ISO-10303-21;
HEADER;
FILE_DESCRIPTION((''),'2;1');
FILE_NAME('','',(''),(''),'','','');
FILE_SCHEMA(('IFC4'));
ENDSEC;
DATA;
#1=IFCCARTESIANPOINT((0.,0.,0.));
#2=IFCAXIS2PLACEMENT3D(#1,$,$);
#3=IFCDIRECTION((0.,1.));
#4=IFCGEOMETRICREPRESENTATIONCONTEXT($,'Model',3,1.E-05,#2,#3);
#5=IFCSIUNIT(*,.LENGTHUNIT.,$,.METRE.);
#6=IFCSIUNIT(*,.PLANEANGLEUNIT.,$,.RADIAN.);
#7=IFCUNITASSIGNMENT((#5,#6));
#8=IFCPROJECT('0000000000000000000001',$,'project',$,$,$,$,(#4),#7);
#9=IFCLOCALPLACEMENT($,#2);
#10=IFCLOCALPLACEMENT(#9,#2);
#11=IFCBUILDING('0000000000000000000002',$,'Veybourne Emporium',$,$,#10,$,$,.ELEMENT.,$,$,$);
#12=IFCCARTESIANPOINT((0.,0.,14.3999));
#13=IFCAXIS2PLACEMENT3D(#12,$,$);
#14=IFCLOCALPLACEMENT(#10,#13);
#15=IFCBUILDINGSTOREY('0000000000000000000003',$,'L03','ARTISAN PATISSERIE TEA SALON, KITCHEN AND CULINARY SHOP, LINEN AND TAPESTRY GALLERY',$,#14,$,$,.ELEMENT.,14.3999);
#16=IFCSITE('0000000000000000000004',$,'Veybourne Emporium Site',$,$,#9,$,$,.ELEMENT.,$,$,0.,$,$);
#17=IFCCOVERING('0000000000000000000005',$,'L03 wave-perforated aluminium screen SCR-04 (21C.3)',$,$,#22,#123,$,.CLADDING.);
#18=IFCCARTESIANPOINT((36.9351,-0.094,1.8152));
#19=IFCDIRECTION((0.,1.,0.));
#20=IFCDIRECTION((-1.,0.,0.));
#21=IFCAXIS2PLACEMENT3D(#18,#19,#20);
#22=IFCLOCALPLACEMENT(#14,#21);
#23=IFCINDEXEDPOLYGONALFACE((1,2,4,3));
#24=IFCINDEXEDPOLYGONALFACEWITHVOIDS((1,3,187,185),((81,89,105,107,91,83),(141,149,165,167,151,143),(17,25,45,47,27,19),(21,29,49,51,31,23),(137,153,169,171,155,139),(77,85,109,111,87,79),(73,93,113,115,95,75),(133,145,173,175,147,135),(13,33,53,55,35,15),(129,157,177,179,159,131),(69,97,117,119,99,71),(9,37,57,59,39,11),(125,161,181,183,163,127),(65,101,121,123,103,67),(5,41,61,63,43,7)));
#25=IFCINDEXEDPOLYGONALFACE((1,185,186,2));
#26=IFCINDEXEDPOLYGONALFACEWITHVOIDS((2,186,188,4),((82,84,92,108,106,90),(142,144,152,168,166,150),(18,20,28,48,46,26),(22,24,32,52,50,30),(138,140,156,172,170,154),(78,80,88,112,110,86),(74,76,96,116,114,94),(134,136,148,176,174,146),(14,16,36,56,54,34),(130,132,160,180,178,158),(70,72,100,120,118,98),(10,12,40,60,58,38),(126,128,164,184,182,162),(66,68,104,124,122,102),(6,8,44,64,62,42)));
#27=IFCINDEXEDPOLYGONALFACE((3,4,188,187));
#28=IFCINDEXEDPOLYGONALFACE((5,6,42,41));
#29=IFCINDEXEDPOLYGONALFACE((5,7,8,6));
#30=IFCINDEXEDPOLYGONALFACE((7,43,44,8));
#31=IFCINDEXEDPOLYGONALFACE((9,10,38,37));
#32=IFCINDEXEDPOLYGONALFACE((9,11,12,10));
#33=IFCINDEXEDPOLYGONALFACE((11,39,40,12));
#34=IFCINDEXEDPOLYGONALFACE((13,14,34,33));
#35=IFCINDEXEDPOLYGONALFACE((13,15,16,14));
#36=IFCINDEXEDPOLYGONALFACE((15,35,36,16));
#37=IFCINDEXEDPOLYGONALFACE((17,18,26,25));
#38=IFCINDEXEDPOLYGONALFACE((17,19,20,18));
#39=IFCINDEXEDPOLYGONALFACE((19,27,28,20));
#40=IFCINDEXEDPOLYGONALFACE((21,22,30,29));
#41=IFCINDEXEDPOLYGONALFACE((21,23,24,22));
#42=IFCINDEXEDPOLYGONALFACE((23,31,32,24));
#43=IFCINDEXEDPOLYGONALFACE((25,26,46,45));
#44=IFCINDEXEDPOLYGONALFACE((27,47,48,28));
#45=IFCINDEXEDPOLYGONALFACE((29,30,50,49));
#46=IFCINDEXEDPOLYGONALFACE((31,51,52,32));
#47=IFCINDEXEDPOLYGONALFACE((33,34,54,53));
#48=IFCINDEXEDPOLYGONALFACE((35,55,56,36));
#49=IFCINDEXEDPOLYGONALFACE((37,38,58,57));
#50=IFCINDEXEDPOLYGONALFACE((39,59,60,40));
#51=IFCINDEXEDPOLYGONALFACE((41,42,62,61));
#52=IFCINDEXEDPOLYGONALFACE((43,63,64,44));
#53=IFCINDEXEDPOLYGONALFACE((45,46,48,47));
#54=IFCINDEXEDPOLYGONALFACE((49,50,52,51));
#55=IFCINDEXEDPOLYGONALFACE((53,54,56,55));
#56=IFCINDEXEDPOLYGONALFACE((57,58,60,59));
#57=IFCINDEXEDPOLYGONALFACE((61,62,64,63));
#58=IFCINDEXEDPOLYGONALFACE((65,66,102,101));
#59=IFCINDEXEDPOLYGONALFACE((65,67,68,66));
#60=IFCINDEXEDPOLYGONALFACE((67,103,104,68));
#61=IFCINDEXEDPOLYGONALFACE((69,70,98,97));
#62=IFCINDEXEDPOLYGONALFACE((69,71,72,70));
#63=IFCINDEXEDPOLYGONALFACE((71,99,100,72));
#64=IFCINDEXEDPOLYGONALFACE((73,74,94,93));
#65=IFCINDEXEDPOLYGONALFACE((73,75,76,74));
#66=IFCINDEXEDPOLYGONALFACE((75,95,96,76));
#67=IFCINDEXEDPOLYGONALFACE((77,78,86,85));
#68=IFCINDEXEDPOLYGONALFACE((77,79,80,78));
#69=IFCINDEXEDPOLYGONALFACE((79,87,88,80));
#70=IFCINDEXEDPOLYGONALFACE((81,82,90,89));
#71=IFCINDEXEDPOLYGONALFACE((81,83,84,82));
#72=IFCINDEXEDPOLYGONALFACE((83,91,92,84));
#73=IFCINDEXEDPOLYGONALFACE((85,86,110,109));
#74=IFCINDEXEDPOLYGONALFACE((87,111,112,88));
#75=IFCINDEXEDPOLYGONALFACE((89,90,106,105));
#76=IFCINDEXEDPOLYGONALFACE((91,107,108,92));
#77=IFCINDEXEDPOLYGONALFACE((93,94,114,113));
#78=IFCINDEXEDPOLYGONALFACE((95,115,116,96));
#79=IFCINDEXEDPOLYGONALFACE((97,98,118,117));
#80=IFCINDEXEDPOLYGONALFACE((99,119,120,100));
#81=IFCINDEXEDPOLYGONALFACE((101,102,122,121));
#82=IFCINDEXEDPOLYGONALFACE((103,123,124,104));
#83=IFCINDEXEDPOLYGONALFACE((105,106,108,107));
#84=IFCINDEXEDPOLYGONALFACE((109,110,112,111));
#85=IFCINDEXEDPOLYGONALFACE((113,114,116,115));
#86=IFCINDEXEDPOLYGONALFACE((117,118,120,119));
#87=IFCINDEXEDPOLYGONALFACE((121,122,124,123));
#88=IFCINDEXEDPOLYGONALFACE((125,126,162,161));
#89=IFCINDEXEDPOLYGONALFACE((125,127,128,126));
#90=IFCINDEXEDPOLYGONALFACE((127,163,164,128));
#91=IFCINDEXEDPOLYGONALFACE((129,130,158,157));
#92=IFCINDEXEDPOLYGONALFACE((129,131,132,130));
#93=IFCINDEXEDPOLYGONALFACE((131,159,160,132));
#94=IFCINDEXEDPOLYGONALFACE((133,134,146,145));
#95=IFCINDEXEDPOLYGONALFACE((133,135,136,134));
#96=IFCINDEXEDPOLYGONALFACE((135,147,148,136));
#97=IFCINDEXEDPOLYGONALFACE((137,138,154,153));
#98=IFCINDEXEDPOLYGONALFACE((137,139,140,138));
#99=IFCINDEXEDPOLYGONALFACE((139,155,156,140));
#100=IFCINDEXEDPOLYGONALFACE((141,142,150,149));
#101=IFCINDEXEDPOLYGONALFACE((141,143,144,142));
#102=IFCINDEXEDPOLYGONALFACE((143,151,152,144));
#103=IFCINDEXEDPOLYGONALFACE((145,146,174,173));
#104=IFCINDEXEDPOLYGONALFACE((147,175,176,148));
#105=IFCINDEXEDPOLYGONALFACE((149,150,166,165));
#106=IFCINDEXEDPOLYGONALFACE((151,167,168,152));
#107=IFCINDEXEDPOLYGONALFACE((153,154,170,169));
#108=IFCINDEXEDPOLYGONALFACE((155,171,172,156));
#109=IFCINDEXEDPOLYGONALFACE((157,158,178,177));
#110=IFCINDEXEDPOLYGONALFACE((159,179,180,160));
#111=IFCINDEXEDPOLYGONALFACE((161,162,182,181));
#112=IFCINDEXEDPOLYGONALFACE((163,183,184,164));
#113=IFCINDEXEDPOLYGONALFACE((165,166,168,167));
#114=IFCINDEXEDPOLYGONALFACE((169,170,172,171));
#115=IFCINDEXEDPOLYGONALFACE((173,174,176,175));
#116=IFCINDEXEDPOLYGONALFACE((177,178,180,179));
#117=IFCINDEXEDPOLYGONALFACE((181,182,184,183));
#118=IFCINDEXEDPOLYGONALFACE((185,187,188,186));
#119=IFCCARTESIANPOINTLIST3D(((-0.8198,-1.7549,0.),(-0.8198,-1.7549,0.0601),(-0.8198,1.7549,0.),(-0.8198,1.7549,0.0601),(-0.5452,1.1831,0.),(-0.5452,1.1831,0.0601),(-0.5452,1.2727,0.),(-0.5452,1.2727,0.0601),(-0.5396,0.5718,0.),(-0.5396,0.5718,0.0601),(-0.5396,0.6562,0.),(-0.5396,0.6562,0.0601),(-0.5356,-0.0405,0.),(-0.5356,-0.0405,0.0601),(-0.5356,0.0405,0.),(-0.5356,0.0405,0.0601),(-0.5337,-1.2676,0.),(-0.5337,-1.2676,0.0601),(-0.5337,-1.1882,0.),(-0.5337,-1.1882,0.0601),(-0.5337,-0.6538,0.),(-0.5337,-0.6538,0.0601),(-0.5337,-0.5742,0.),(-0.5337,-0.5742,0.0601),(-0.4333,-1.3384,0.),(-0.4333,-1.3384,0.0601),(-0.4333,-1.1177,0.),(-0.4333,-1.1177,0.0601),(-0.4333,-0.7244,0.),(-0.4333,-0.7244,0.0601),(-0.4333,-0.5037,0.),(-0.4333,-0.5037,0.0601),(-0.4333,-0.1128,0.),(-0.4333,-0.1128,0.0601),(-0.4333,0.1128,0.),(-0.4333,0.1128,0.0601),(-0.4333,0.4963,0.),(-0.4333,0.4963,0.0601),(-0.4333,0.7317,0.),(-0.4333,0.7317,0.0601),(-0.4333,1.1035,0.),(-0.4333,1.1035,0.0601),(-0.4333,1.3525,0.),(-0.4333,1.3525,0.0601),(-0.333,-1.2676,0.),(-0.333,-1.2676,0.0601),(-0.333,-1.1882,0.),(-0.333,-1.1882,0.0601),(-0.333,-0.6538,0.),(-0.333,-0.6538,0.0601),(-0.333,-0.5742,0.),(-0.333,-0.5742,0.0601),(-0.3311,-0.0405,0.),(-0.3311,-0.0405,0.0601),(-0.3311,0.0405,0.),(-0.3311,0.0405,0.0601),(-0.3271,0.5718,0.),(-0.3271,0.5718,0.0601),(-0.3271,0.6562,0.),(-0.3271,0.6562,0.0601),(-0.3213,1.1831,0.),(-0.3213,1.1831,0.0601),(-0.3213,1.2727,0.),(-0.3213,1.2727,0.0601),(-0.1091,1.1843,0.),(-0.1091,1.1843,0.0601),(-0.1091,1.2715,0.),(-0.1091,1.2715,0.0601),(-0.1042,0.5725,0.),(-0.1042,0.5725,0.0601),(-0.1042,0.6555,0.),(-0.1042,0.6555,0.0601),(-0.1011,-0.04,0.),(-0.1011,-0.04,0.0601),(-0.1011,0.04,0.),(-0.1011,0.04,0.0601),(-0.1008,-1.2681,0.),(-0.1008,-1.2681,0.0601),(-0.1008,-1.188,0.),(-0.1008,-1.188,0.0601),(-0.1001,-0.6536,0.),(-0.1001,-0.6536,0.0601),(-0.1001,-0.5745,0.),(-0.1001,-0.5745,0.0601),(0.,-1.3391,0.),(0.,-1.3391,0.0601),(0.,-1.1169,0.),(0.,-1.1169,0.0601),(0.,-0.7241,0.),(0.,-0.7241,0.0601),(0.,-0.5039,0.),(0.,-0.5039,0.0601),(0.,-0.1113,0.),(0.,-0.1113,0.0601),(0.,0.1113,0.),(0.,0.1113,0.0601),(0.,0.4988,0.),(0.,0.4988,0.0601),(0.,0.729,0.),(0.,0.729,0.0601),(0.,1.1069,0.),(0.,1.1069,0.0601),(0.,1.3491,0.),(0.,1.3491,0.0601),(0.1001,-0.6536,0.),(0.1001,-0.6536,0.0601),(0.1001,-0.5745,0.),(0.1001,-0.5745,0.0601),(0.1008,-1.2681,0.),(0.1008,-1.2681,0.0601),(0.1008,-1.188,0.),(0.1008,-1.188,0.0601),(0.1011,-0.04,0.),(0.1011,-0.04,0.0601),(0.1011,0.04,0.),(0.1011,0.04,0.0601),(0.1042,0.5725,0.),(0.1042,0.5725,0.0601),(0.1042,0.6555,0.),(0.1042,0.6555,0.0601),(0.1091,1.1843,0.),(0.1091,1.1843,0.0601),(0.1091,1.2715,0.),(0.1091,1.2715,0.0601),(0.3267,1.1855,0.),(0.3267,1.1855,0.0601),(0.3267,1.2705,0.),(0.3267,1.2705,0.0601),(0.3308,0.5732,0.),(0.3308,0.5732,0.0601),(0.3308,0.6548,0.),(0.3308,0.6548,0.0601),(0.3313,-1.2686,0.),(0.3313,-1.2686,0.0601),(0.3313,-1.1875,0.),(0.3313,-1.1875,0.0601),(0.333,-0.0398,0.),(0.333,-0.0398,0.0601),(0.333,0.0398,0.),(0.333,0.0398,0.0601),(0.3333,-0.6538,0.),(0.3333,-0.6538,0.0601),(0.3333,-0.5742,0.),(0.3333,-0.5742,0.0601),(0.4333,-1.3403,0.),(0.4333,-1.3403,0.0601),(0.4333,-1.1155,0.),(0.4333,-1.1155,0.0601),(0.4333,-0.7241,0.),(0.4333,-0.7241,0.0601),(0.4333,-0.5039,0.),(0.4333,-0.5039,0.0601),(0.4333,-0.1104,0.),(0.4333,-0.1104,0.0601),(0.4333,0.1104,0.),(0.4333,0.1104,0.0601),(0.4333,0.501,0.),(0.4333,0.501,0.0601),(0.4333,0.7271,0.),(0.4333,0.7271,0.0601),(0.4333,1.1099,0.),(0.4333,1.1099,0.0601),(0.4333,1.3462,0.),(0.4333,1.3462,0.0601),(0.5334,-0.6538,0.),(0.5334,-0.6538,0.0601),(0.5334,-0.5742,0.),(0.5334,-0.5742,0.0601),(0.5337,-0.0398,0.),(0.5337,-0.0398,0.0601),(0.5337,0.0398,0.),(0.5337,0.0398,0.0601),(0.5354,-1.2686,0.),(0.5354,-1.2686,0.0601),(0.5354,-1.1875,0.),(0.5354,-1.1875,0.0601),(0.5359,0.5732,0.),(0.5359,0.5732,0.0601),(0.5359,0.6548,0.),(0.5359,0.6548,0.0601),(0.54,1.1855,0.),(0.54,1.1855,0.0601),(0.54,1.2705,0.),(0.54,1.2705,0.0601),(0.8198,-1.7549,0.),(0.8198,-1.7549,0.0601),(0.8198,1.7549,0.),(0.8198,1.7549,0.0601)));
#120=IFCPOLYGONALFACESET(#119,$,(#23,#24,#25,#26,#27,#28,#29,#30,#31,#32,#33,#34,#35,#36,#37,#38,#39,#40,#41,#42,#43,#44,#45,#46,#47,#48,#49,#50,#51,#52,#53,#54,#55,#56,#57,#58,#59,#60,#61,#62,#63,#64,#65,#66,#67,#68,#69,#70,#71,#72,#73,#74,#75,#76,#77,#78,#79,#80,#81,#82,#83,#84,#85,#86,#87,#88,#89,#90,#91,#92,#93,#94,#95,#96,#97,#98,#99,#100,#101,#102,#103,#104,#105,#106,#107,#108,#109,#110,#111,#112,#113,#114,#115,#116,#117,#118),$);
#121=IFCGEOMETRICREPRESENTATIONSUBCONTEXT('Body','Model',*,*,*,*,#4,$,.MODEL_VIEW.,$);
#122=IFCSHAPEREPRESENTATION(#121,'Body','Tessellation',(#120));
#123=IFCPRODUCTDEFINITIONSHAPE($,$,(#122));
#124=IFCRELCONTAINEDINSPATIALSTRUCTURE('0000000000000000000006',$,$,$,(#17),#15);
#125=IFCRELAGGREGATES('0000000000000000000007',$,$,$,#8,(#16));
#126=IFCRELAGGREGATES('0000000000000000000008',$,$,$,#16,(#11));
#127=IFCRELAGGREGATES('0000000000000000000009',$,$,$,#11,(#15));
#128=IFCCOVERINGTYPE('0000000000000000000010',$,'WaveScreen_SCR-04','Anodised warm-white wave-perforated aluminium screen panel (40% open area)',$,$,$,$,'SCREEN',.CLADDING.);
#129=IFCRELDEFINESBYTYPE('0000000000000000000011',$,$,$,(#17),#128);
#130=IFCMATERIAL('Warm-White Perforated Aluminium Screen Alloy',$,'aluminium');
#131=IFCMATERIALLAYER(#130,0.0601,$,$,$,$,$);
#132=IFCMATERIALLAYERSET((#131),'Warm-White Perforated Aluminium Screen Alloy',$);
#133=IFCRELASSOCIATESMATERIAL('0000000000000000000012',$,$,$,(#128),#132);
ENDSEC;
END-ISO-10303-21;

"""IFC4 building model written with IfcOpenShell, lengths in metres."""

from ifc_helpers import new_model, si_unit, direction, frame, origin, place, context, subcontext, project, spatial, polyline, outline, extrude, material, layer, layer_set, type_object, element, save


model = new_model("IFC4")

# Units and contexts
model_context = context("Model", 3, precision=1e-05, world=origin(), true_north=direction((0.0, 1.0)))
body_context = subcontext(model_context, "Body", "Model", "MODEL_VIEW")
ifc_project = project(units=[si_unit("LENGTHUNIT", "METRE"), si_unit("PLANEANGLEUNIT", "RADIAN")], contexts=[model_context])

# Site, building, storey
site_placement = place(None, origin())
site = spatial("IfcSite", under=ifc_project, at=site_placement, Name="Veybourne Emporium Site", CompositionType="ELEMENT", RefElevation=0.0)
building_placement = place(site_placement, origin())
building = spatial("IfcBuilding", under=site, at=building_placement, Name="Veybourne Emporium", CompositionType="ELEMENT")
storey_placement = place(building_placement, frame((0.0, 0.0, 14.3999)))
storey = spatial("IfcBuildingStorey", under=building, at=storey_placement, Name="L03", Description="ARTISAN PATISSERIE TEA SALON, KITCHEN AND CULINARY SHOP, LINEN AND TAPESTRY GALLERY", CompositionType="ELEMENT", Elevation=14.3999)

# Covering
ifc_material_1 = material(Name="Warm-White Perforated Aluminium Screen Alloy", Category="aluminium")
ifc_layer_1 = layer(ifc_material_1, 0.0601)
ifc_layer_set_1 = layer_set([ifc_layer_1], Name="Warm-White Perforated Aluminium Screen Alloy")
covering_type_1 = type_object("IfcCoveringType", Name="WaveScreen_SCR-04", Description="Anodised warm-white wave-perforated aluminium screen panel (40% open area)", ElementType="SCREEN", PredefinedType="CLADDING", material=ifc_layer_set_1)
covering_1_placement = place(storey_placement, frame((36.9351, -0.094, 1.8152), z_axis=(0.0, 1.0, 0.0), x_axis=(-1.0, 0.0, 0.0)))
element("IfcCovering", 1, at=covering_1_placement, inside=storey, type_object=covering_type_1, Name="L03 wave-perforated aluminium screen SCR-04 (21C.3)", PredefinedType="CLADDING", context=body_context, shape_type="SweptSolid", body=[
    extrude(outline(polyline([(-0.8198, -1.7549), (0.8198, -1.7549), (0.8198, 1.7549), (-0.8198, 1.7549), (-0.8198, -1.7549)]), holes=[polyline([(-0.4333, -1.1177), (-0.333, -1.1882), (-0.333, -1.2676), (-0.4333, -1.3384), (-0.5337, -1.2676), (-0.5337, -1.1882), (-0.4333, -1.1177)]), polyline([(-0.4333, -0.5037), (-0.333, -0.5742), (-0.333, -0.6538), (-0.4333, -0.7244), (-0.5337, -0.6538), (-0.5337, -0.5742), (-0.4333, -0.5037)]), polyline([(-0.4333, 0.1128), (-0.3311, 0.0405), (-0.3311, -0.0405), (-0.4333, -0.1128), (-0.5356, -0.0405), (-0.5356, 0.0405), (-0.4333, 0.1128)]), polyline([(-0.4333, 0.7317), (-0.3271, 0.6562), (-0.3271, 0.5718), (-0.4333, 0.4963), (-0.5396, 0.5718), (-0.5396, 0.6562), (-0.4333, 0.7317)]), polyline([(-0.4333, 1.3525), (-0.3213, 1.2727), (-0.3213, 1.1831), (-0.4333, 1.1035), (-0.5452, 1.1831), (-0.5452, 1.2727), (-0.4333, 1.3525)]), polyline([(0.0, -1.1169), (0.1008, -1.188), (0.1008, -1.2681), (0.0, -1.3391), (-0.1008, -1.2681), (-0.1008, -1.188), (0.0, -1.1169)]), polyline([(0.0, -0.5039), (0.1001, -0.5745), (0.1001, -0.6536), (0.0, -0.7241), (-0.1001, -0.6536), (-0.1001, -0.5745), (0.0, -0.5039)]), polyline([(0.0, 0.1113), (0.1011, 0.04), (0.1011, -0.04), (0.0, -0.1113), (-0.1011, -0.04), (-0.1011, 0.04), (0.0, 0.1113)]), polyline([(0.0, 0.729), (0.1042, 0.6555), (0.1042, 0.5725), (0.0, 0.4988), (-0.1042, 0.5725), (-0.1042, 0.6555), (0.0, 0.729)]), polyline([(0.0, 1.3491), (0.1091, 1.2715), (0.1091, 1.1843), (0.0, 1.1069), (-0.1091, 1.1843), (-0.1091, 1.2715), (0.0, 1.3491)]), polyline([(0.4333, -1.1155), (0.5354, -1.1875), (0.5354, -1.2686), (0.4333, -1.3403), (0.3313, -1.2686), (0.3313, -1.1875), (0.4333, -1.1155)]), polyline([(0.4333, -0.5039), (0.5334, -0.5742), (0.5334, -0.6538), (0.4333, -0.7241), (0.3333, -0.6538), (0.3333, -0.5742), (0.4333, -0.5039)]), polyline([(0.4333, 0.1104), (0.5337, 0.0398), (0.5337, -0.0398), (0.4333, -0.1104), (0.333, -0.0398), (0.333, 0.0398), (0.4333, 0.1104)]), polyline([(0.4333, 0.7271), (0.5359, 0.6548), (0.5359, 0.5732), (0.4333, 0.501), (0.3308, 0.5732), (0.3308, 0.6548), (0.4333, 0.7271)]), polyline([(0.4333, 1.3462), (0.54, 1.2705), (0.54, 1.1855), (0.4333, 1.1099), (0.3267, 1.1855), (0.3267, 1.2705), (0.4333, 1.3462)])]), origin(), (0.0, 0.0, 1.0), 0.0601),
])

save(model, "model.ifc")
